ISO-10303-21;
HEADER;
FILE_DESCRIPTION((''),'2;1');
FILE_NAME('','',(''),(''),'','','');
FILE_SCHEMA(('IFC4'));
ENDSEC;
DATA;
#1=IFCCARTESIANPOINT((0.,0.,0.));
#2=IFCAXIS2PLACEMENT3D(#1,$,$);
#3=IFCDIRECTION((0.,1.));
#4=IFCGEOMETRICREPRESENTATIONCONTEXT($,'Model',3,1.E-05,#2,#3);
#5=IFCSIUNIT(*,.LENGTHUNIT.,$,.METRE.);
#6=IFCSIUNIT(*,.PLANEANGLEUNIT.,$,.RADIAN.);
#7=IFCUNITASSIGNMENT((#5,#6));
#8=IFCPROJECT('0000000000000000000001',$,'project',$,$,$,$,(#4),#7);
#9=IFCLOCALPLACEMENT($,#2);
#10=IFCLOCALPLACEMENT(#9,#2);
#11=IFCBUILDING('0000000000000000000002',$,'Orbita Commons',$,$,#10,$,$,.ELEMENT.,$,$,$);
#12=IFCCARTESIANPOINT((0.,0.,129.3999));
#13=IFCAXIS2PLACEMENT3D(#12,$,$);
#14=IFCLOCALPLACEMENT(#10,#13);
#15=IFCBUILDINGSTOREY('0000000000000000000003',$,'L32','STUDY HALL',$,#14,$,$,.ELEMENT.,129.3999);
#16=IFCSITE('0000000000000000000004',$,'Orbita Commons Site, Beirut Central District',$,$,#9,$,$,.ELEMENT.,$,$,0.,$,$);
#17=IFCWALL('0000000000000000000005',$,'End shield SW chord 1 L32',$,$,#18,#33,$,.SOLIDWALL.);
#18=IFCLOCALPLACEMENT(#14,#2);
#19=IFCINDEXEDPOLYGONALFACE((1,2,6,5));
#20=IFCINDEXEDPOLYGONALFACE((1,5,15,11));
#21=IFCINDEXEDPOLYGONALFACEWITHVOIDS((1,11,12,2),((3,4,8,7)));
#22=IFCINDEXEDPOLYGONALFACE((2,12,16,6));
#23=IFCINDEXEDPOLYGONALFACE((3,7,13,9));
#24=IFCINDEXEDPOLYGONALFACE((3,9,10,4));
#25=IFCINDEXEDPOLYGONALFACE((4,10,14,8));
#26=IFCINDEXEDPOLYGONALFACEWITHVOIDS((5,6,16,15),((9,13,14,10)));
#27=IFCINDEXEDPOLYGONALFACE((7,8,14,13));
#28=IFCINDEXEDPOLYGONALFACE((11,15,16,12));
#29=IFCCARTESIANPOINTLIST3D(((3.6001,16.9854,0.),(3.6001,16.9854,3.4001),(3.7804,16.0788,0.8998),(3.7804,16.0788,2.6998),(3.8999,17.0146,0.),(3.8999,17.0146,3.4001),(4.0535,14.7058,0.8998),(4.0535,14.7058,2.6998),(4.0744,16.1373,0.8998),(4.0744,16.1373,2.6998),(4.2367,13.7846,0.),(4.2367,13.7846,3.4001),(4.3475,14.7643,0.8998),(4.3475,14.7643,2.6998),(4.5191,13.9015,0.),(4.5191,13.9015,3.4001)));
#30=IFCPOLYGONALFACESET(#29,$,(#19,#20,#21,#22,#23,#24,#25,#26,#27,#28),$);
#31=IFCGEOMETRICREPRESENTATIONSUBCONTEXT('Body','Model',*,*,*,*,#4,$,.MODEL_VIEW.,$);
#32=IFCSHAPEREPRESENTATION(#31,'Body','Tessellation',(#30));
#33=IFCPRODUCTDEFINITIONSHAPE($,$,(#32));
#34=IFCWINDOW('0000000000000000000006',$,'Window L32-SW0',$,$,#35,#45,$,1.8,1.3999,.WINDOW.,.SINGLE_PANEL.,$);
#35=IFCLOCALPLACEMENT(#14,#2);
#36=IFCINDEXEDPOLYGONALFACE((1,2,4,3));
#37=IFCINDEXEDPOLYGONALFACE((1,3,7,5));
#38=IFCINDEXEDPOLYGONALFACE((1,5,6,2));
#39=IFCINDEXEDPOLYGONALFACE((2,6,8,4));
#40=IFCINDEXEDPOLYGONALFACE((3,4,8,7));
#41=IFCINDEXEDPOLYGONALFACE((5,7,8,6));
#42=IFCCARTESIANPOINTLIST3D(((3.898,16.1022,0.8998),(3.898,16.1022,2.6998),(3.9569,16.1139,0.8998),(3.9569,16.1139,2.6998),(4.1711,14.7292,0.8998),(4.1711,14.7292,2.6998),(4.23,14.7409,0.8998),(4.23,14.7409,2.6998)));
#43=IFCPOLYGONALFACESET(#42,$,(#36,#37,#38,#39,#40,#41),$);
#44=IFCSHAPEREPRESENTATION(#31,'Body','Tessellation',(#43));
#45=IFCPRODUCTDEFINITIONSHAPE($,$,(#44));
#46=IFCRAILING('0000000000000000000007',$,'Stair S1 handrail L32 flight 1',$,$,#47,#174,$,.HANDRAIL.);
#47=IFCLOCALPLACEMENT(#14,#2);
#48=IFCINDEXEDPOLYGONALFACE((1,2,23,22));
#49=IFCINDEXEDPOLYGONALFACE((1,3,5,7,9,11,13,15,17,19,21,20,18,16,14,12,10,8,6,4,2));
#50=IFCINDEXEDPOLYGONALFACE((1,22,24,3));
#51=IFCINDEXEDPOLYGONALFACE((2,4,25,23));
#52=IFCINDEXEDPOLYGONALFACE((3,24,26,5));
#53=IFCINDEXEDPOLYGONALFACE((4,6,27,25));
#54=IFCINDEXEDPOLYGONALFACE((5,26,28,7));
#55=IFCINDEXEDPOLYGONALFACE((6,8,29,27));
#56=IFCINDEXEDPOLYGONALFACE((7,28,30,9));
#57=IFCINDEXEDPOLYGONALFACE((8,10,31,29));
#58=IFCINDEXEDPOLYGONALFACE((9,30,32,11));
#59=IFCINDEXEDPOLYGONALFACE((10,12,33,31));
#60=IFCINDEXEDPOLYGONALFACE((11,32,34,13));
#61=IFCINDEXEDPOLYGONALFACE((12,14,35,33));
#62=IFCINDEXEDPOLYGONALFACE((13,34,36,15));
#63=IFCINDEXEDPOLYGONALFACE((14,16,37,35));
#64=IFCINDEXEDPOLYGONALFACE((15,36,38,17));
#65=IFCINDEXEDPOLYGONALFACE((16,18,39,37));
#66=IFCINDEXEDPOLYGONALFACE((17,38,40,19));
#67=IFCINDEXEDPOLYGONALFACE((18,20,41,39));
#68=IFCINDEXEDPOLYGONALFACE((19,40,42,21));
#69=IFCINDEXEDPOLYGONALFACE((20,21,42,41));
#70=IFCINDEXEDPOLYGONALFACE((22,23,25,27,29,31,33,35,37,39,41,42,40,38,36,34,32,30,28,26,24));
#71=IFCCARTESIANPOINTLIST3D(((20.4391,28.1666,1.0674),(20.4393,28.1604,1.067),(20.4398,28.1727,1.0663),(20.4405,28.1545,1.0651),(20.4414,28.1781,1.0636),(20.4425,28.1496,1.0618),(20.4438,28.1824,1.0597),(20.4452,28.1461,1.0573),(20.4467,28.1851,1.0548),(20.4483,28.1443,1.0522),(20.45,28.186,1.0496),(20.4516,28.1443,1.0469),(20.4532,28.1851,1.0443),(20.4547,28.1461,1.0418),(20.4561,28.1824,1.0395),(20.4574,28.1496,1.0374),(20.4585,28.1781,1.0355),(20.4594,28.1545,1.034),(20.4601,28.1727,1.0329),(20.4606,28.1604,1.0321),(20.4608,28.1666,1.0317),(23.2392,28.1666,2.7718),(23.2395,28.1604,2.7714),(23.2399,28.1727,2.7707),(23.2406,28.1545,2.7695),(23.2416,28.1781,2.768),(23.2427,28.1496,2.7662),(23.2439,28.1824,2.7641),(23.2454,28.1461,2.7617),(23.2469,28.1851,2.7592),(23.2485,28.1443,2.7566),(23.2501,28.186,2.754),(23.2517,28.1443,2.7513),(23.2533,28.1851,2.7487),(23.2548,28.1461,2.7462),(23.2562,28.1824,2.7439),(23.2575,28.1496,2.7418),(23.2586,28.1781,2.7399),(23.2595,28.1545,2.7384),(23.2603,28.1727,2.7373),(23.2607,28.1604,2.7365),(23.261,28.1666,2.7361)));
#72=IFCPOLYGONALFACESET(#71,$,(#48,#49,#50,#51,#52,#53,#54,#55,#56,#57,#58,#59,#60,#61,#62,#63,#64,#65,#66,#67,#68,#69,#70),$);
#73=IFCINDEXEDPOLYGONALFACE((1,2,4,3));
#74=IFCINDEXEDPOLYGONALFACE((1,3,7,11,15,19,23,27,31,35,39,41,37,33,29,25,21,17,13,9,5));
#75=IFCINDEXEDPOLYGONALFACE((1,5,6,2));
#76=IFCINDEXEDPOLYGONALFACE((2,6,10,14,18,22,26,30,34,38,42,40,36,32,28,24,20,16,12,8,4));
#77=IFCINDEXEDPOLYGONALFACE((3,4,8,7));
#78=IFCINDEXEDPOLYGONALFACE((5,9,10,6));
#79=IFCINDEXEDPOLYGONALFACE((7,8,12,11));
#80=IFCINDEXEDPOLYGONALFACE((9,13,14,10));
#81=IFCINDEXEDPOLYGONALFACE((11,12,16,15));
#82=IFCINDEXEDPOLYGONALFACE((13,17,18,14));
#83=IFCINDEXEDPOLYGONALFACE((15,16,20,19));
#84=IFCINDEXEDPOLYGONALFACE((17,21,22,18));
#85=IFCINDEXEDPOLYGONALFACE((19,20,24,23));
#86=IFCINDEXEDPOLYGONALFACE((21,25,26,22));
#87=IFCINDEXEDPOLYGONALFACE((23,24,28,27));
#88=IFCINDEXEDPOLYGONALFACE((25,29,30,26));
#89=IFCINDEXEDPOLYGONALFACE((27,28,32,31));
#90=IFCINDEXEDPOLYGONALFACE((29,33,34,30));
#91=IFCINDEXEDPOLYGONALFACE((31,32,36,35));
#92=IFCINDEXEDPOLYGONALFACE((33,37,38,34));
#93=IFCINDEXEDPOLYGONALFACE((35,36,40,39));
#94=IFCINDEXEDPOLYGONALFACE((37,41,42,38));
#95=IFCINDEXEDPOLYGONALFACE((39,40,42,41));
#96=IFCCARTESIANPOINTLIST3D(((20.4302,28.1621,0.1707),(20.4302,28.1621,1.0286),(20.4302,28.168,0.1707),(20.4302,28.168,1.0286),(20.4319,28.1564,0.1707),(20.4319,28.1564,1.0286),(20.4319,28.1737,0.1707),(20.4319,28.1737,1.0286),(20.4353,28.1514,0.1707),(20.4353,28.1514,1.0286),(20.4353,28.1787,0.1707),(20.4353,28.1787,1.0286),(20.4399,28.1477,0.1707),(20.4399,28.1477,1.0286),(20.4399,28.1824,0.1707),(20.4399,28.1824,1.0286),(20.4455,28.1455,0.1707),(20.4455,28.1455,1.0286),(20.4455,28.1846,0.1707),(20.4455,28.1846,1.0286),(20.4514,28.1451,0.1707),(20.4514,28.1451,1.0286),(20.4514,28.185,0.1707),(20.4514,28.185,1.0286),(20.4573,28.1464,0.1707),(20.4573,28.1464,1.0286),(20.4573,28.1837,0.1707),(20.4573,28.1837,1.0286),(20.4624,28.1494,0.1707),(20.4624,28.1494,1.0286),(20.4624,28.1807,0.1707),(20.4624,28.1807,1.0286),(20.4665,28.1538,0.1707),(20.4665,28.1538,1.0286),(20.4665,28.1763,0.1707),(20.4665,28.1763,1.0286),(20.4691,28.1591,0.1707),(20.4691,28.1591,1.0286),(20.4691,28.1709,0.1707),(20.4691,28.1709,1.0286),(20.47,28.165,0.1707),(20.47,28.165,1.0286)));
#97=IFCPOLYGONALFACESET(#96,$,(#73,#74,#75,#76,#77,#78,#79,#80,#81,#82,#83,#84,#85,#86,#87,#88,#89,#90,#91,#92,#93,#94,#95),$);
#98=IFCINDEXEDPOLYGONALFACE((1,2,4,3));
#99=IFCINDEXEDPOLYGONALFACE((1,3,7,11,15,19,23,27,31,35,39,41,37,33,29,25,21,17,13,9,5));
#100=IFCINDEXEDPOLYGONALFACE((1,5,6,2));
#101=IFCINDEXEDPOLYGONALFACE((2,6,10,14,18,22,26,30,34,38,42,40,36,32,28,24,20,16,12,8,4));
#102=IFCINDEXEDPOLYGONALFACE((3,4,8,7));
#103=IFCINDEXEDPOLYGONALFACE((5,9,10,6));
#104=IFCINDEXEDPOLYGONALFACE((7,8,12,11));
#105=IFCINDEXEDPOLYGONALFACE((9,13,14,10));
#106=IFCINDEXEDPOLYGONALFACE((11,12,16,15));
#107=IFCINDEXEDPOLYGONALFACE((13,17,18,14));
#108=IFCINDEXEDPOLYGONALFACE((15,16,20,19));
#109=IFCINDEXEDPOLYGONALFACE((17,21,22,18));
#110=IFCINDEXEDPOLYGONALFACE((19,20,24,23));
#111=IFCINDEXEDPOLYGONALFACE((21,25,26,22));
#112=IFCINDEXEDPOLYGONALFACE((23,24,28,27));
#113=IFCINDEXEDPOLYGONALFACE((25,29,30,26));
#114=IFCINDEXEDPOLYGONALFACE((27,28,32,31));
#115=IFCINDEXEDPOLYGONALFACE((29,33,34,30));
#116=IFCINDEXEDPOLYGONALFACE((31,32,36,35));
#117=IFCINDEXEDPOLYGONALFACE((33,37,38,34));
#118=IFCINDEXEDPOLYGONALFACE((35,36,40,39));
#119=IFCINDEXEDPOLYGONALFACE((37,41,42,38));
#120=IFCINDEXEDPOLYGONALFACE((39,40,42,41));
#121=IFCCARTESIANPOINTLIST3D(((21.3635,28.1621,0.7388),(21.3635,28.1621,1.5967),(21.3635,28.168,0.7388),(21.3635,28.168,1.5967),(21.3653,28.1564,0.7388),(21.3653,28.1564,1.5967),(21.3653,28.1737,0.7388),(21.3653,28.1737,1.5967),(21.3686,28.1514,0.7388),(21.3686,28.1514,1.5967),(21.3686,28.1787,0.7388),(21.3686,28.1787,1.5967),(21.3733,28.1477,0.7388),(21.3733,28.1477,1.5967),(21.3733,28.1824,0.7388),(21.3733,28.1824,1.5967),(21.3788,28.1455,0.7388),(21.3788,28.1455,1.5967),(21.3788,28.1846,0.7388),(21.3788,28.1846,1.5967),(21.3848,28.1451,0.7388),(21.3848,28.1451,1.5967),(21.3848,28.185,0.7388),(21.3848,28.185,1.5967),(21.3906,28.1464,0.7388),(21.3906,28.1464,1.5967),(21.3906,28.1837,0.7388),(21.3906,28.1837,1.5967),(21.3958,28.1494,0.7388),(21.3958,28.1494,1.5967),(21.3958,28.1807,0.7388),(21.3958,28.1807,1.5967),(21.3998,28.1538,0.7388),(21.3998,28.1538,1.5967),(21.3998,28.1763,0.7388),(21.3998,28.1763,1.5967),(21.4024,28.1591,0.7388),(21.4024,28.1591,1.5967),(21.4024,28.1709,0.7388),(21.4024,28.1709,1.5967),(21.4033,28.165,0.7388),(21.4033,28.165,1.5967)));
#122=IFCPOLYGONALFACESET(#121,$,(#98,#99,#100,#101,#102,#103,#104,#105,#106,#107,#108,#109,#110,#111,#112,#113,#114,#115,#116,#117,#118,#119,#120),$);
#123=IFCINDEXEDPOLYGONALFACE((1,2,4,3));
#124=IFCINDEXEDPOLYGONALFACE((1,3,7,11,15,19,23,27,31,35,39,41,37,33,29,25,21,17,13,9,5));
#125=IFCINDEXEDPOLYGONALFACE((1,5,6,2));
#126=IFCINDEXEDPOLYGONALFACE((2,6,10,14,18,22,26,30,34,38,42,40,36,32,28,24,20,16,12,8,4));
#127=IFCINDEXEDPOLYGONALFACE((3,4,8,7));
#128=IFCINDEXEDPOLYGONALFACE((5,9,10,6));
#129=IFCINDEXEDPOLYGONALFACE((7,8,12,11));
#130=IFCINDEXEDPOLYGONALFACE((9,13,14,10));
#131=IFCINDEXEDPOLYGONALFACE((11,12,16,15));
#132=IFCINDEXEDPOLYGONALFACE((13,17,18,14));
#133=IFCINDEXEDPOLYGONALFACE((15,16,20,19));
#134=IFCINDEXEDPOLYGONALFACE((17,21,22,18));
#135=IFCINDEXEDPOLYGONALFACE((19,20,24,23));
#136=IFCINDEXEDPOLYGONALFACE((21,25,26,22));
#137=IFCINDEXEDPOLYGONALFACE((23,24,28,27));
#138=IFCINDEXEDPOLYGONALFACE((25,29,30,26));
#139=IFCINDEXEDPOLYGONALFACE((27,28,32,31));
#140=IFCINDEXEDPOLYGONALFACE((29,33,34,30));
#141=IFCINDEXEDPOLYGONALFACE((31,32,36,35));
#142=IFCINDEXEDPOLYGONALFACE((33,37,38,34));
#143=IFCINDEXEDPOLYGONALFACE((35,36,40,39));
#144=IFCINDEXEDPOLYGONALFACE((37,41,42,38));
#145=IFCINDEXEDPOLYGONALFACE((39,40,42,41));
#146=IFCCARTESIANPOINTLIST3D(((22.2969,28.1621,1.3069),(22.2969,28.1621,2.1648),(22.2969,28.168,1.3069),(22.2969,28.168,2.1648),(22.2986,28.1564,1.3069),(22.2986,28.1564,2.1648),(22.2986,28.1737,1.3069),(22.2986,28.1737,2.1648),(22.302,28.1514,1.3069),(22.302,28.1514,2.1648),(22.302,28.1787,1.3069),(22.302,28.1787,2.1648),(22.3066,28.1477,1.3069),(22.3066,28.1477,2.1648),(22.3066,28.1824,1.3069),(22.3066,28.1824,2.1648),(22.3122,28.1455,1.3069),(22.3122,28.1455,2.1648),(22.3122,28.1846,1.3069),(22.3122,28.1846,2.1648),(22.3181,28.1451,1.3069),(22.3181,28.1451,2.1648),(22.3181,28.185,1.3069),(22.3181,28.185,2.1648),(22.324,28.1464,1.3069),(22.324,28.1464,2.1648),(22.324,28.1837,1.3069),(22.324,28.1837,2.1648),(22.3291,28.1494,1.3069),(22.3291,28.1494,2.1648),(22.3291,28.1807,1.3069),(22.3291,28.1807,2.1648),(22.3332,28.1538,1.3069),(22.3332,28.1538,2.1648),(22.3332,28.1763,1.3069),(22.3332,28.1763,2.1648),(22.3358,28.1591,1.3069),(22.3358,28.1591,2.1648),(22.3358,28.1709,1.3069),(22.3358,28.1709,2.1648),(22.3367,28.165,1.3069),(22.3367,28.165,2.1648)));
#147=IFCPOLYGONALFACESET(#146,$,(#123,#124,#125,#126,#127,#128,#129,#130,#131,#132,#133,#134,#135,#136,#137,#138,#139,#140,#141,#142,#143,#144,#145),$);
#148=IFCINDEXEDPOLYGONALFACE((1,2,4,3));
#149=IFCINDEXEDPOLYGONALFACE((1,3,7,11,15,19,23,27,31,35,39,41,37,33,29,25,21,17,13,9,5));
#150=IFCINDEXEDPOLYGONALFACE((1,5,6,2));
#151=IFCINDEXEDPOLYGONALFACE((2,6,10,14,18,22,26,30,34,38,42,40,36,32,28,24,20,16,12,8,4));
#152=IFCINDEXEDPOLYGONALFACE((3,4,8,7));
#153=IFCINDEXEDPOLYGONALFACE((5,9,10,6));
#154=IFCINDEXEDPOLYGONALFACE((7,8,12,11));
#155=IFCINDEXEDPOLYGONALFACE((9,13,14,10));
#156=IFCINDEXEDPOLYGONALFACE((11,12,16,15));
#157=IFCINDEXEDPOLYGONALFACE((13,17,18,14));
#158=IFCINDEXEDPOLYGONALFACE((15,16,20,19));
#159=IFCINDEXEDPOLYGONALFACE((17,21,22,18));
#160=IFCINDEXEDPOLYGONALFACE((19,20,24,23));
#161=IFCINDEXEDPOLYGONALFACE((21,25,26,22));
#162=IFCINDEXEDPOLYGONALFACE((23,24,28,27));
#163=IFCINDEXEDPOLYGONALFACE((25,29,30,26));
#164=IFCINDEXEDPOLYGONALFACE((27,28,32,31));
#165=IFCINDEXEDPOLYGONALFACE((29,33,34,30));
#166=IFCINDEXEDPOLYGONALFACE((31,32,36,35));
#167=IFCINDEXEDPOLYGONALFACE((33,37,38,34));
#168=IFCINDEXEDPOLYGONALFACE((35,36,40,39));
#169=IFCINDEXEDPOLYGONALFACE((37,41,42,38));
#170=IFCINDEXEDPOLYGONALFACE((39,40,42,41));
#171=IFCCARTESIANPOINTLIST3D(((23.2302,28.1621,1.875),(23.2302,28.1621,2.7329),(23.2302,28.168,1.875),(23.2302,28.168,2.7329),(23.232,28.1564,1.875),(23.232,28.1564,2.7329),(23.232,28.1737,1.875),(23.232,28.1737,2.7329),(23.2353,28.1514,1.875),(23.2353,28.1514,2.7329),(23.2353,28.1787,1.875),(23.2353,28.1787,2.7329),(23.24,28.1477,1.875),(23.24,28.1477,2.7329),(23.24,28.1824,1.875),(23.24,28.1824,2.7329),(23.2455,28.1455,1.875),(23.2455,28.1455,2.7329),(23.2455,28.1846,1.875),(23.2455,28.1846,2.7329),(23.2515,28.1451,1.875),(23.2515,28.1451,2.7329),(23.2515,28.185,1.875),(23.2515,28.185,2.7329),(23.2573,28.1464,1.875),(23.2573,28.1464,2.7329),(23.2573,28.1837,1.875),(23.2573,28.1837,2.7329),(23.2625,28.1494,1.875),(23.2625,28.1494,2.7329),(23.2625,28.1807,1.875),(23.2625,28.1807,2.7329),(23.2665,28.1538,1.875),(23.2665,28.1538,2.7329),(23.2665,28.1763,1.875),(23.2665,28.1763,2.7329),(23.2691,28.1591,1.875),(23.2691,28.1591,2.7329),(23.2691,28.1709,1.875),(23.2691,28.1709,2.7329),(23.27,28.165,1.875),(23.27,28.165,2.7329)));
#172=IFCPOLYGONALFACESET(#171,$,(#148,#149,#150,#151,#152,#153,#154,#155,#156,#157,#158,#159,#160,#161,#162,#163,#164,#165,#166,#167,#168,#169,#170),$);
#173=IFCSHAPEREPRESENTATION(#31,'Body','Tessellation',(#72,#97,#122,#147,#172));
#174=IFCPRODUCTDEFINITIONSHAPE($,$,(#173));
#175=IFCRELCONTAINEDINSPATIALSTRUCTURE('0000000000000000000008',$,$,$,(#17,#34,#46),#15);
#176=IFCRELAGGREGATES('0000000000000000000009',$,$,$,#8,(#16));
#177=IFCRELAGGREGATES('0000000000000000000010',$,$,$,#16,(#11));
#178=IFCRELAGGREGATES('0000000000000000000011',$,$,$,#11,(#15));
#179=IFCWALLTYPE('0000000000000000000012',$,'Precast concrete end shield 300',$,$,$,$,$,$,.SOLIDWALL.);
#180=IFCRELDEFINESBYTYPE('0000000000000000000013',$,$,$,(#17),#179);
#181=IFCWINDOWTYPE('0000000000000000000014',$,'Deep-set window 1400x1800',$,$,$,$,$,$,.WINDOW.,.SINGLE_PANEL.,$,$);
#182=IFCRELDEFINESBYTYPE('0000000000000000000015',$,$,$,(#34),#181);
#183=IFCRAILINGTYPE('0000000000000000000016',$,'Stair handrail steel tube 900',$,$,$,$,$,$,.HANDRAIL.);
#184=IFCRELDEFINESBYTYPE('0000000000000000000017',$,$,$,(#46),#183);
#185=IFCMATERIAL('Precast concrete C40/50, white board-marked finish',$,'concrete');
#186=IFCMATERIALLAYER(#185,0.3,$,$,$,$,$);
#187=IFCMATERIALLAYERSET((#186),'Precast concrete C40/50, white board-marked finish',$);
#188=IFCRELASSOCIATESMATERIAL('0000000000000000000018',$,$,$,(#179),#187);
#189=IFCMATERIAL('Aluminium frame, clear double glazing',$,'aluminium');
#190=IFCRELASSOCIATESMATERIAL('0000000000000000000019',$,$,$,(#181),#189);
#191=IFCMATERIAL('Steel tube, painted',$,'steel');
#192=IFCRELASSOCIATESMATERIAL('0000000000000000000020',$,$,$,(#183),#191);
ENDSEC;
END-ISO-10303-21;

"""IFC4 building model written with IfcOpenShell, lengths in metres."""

from ifc_helpers import new_model, si_unit, direction, frame, frame_2d, origin, origin_2d, place, context, subcontext, project, spatial, polyline, rectangle, circle, outline, extrude, material, layer, layer_set, type_object, element, fill, save


model = new_model("IFC4")

# Units and contexts
model_context = context("Model", 3, precision=1e-05, world=origin(), true_north=direction((0.0, 1.0)))
body_context = subcontext(model_context, "Body", "Model", "MODEL_VIEW")
ifc_project = project(units=[si_unit("LENGTHUNIT", "METRE"), si_unit("PLANEANGLEUNIT", "RADIAN")], contexts=[model_context])

# Site, building, storey
site_placement = place(None, origin())
site = spatial("IfcSite", under=ifc_project, at=site_placement, Name="Orbita Commons Site, Beirut Central District", CompositionType="ELEMENT", RefElevation=0.0)
building_placement = place(site_placement, origin())
building = spatial("IfcBuilding", under=site, at=building_placement, Name="Orbita Commons", CompositionType="ELEMENT")
storey_placement = place(building_placement, frame((0.0, 0.0, 129.3999)))
storey = spatial("IfcBuildingStorey", under=building, at=storey_placement, Name="L32", Description="STUDY HALL", CompositionType="ELEMENT", Elevation=129.3999)

# Wall, opening, window
ifc_material_1 = material(Name="Precast concrete C40/50, white board-marked finish", Category="concrete")
ifc_layer_1 = layer(ifc_material_1, 0.3)
ifc_layer_set_1 = layer_set([ifc_layer_1], Name="Precast concrete C40/50, white board-marked finish")
wall_type_1 = type_object("IfcWallType", Name="Precast concrete end shield 300", PredefinedType="SOLIDWALL", material=ifc_layer_set_1)
wall_1_placement = place(storey_placement, frame((3.75, 17.0, 0.0), z_axis=(0.0, 0.0, 1.0), x_axis=(0.19508, -0.980787, 0.0)))
wall_1 = element("IfcWall", 1, at=wall_1_placement, inside=storey, type_object=wall_type_1, Name="End shield SW chord 1 L32", PredefinedType="SOLIDWALL", context=body_context, shape_type="SweptSolid", body=[
    extrude(outline(polyline([(-0.0149, -0.1499), (3.2485, -0.1499), (3.189, 0.1499), (0.0149, 0.1499), (-0.0149, -0.1499)])), origin(), (0.0, 0.0, 1.0), 3.4001),
])
opening_1_placement = place(wall_1_placement, frame((0.9094, 0.0, 0.8999)))
opening_1 = element("IfcOpeningElement", 2, at=opening_1_placement, cuts=wall_1, PredefinedType="OPENING", context=body_context, shape_type="SweptSolid", body=[
    extrude(rectangle(XDim=1.3999, YDim=1.8, at=frame_2d((0.7, 0.8999))), frame((0.0, 0.1599, 0.0), z_axis=(0.0, -1.0, 0.0), x_axis=(1.0, 0.0, 0.0)), (0.0, 0.0, 1.0), 0.3201),
])
ifc_material_2 = material(Name="Aluminium frame, clear double glazing", Category="aluminium")
window_type = type_object("IfcWindowType", Name="Deep-set window 1400x1800", PartitioningType="SINGLE_PANEL", PredefinedType="WINDOW", material=ifc_material_2)
window_placement = place(opening_1_placement, origin())
window = element("IfcWindow", 3, at=window_placement, inside=storey, type_object=window_type, Name="Window L32-SW0", OverallHeight=1.8, OverallWidth=1.3999, PartitioningType="SINGLE_PANEL", PredefinedType="WINDOW", context=body_context, shape_type="SweptSolid", body=[
    extrude(rectangle(XDim=1.3999, YDim=1.8, at=frame_2d((0.7, 0.8999))), frame((0.0, 0.03, 0.0), z_axis=(0.0, -1.0, 0.0), x_axis=(1.0, 0.0, 0.0)), (0.0, 0.0, 1.0), 0.0601),
])
fill(opening_1, window)

# Railing
ifc_material_3 = material(Name="Steel tube, painted", Category="steel")
railing_type = type_object("IfcRailingType", Name="Stair handrail steel tube 900", PredefinedType="HANDRAIL", material=ifc_material_3)
for number, where, name in (
    (4, (20.45, 28.165, 0.1707), "Stair S1 handrail L32 flight 1"),
):
    element("IfcRailing", number, at=place(storey_placement, frame(where)), inside=storey, type_object=railing_type, Name=name, PredefinedType="HANDRAIL", context=body_context, shape_type="SweptSolid", body=[
        extrude(circle(Radius=0.021, at=origin_2d()), frame((0.0, 0.0, 0.8789), z_axis=(0.854203, 0.0, 0.51994), x_axis=(0.0, 1.0, 0.0)), (0.0, 0.0, 1.0), 3.2781),
        extrude(circle(Radius=0.02, at=origin_2d()), origin(), (0.0, 0.0, 1.0), 0.8579),
        extrude(circle(Radius=0.02, at=origin_2d()), frame((0.9333, 0.0, 0.5681)), (0.0, 0.0, 1.0), 0.8579),
        extrude(circle(Radius=0.02, at=origin_2d()), frame((1.8667, 0.0, 1.1362)), (0.0, 0.0, 1.0), 0.8579),
        extrude(circle(Radius=0.02, at=origin_2d()), frame((2.8, 0.0, 1.7043)), (0.0, 0.0, 1.0), 0.8579),
    ])

save(model, "model.ifc")
